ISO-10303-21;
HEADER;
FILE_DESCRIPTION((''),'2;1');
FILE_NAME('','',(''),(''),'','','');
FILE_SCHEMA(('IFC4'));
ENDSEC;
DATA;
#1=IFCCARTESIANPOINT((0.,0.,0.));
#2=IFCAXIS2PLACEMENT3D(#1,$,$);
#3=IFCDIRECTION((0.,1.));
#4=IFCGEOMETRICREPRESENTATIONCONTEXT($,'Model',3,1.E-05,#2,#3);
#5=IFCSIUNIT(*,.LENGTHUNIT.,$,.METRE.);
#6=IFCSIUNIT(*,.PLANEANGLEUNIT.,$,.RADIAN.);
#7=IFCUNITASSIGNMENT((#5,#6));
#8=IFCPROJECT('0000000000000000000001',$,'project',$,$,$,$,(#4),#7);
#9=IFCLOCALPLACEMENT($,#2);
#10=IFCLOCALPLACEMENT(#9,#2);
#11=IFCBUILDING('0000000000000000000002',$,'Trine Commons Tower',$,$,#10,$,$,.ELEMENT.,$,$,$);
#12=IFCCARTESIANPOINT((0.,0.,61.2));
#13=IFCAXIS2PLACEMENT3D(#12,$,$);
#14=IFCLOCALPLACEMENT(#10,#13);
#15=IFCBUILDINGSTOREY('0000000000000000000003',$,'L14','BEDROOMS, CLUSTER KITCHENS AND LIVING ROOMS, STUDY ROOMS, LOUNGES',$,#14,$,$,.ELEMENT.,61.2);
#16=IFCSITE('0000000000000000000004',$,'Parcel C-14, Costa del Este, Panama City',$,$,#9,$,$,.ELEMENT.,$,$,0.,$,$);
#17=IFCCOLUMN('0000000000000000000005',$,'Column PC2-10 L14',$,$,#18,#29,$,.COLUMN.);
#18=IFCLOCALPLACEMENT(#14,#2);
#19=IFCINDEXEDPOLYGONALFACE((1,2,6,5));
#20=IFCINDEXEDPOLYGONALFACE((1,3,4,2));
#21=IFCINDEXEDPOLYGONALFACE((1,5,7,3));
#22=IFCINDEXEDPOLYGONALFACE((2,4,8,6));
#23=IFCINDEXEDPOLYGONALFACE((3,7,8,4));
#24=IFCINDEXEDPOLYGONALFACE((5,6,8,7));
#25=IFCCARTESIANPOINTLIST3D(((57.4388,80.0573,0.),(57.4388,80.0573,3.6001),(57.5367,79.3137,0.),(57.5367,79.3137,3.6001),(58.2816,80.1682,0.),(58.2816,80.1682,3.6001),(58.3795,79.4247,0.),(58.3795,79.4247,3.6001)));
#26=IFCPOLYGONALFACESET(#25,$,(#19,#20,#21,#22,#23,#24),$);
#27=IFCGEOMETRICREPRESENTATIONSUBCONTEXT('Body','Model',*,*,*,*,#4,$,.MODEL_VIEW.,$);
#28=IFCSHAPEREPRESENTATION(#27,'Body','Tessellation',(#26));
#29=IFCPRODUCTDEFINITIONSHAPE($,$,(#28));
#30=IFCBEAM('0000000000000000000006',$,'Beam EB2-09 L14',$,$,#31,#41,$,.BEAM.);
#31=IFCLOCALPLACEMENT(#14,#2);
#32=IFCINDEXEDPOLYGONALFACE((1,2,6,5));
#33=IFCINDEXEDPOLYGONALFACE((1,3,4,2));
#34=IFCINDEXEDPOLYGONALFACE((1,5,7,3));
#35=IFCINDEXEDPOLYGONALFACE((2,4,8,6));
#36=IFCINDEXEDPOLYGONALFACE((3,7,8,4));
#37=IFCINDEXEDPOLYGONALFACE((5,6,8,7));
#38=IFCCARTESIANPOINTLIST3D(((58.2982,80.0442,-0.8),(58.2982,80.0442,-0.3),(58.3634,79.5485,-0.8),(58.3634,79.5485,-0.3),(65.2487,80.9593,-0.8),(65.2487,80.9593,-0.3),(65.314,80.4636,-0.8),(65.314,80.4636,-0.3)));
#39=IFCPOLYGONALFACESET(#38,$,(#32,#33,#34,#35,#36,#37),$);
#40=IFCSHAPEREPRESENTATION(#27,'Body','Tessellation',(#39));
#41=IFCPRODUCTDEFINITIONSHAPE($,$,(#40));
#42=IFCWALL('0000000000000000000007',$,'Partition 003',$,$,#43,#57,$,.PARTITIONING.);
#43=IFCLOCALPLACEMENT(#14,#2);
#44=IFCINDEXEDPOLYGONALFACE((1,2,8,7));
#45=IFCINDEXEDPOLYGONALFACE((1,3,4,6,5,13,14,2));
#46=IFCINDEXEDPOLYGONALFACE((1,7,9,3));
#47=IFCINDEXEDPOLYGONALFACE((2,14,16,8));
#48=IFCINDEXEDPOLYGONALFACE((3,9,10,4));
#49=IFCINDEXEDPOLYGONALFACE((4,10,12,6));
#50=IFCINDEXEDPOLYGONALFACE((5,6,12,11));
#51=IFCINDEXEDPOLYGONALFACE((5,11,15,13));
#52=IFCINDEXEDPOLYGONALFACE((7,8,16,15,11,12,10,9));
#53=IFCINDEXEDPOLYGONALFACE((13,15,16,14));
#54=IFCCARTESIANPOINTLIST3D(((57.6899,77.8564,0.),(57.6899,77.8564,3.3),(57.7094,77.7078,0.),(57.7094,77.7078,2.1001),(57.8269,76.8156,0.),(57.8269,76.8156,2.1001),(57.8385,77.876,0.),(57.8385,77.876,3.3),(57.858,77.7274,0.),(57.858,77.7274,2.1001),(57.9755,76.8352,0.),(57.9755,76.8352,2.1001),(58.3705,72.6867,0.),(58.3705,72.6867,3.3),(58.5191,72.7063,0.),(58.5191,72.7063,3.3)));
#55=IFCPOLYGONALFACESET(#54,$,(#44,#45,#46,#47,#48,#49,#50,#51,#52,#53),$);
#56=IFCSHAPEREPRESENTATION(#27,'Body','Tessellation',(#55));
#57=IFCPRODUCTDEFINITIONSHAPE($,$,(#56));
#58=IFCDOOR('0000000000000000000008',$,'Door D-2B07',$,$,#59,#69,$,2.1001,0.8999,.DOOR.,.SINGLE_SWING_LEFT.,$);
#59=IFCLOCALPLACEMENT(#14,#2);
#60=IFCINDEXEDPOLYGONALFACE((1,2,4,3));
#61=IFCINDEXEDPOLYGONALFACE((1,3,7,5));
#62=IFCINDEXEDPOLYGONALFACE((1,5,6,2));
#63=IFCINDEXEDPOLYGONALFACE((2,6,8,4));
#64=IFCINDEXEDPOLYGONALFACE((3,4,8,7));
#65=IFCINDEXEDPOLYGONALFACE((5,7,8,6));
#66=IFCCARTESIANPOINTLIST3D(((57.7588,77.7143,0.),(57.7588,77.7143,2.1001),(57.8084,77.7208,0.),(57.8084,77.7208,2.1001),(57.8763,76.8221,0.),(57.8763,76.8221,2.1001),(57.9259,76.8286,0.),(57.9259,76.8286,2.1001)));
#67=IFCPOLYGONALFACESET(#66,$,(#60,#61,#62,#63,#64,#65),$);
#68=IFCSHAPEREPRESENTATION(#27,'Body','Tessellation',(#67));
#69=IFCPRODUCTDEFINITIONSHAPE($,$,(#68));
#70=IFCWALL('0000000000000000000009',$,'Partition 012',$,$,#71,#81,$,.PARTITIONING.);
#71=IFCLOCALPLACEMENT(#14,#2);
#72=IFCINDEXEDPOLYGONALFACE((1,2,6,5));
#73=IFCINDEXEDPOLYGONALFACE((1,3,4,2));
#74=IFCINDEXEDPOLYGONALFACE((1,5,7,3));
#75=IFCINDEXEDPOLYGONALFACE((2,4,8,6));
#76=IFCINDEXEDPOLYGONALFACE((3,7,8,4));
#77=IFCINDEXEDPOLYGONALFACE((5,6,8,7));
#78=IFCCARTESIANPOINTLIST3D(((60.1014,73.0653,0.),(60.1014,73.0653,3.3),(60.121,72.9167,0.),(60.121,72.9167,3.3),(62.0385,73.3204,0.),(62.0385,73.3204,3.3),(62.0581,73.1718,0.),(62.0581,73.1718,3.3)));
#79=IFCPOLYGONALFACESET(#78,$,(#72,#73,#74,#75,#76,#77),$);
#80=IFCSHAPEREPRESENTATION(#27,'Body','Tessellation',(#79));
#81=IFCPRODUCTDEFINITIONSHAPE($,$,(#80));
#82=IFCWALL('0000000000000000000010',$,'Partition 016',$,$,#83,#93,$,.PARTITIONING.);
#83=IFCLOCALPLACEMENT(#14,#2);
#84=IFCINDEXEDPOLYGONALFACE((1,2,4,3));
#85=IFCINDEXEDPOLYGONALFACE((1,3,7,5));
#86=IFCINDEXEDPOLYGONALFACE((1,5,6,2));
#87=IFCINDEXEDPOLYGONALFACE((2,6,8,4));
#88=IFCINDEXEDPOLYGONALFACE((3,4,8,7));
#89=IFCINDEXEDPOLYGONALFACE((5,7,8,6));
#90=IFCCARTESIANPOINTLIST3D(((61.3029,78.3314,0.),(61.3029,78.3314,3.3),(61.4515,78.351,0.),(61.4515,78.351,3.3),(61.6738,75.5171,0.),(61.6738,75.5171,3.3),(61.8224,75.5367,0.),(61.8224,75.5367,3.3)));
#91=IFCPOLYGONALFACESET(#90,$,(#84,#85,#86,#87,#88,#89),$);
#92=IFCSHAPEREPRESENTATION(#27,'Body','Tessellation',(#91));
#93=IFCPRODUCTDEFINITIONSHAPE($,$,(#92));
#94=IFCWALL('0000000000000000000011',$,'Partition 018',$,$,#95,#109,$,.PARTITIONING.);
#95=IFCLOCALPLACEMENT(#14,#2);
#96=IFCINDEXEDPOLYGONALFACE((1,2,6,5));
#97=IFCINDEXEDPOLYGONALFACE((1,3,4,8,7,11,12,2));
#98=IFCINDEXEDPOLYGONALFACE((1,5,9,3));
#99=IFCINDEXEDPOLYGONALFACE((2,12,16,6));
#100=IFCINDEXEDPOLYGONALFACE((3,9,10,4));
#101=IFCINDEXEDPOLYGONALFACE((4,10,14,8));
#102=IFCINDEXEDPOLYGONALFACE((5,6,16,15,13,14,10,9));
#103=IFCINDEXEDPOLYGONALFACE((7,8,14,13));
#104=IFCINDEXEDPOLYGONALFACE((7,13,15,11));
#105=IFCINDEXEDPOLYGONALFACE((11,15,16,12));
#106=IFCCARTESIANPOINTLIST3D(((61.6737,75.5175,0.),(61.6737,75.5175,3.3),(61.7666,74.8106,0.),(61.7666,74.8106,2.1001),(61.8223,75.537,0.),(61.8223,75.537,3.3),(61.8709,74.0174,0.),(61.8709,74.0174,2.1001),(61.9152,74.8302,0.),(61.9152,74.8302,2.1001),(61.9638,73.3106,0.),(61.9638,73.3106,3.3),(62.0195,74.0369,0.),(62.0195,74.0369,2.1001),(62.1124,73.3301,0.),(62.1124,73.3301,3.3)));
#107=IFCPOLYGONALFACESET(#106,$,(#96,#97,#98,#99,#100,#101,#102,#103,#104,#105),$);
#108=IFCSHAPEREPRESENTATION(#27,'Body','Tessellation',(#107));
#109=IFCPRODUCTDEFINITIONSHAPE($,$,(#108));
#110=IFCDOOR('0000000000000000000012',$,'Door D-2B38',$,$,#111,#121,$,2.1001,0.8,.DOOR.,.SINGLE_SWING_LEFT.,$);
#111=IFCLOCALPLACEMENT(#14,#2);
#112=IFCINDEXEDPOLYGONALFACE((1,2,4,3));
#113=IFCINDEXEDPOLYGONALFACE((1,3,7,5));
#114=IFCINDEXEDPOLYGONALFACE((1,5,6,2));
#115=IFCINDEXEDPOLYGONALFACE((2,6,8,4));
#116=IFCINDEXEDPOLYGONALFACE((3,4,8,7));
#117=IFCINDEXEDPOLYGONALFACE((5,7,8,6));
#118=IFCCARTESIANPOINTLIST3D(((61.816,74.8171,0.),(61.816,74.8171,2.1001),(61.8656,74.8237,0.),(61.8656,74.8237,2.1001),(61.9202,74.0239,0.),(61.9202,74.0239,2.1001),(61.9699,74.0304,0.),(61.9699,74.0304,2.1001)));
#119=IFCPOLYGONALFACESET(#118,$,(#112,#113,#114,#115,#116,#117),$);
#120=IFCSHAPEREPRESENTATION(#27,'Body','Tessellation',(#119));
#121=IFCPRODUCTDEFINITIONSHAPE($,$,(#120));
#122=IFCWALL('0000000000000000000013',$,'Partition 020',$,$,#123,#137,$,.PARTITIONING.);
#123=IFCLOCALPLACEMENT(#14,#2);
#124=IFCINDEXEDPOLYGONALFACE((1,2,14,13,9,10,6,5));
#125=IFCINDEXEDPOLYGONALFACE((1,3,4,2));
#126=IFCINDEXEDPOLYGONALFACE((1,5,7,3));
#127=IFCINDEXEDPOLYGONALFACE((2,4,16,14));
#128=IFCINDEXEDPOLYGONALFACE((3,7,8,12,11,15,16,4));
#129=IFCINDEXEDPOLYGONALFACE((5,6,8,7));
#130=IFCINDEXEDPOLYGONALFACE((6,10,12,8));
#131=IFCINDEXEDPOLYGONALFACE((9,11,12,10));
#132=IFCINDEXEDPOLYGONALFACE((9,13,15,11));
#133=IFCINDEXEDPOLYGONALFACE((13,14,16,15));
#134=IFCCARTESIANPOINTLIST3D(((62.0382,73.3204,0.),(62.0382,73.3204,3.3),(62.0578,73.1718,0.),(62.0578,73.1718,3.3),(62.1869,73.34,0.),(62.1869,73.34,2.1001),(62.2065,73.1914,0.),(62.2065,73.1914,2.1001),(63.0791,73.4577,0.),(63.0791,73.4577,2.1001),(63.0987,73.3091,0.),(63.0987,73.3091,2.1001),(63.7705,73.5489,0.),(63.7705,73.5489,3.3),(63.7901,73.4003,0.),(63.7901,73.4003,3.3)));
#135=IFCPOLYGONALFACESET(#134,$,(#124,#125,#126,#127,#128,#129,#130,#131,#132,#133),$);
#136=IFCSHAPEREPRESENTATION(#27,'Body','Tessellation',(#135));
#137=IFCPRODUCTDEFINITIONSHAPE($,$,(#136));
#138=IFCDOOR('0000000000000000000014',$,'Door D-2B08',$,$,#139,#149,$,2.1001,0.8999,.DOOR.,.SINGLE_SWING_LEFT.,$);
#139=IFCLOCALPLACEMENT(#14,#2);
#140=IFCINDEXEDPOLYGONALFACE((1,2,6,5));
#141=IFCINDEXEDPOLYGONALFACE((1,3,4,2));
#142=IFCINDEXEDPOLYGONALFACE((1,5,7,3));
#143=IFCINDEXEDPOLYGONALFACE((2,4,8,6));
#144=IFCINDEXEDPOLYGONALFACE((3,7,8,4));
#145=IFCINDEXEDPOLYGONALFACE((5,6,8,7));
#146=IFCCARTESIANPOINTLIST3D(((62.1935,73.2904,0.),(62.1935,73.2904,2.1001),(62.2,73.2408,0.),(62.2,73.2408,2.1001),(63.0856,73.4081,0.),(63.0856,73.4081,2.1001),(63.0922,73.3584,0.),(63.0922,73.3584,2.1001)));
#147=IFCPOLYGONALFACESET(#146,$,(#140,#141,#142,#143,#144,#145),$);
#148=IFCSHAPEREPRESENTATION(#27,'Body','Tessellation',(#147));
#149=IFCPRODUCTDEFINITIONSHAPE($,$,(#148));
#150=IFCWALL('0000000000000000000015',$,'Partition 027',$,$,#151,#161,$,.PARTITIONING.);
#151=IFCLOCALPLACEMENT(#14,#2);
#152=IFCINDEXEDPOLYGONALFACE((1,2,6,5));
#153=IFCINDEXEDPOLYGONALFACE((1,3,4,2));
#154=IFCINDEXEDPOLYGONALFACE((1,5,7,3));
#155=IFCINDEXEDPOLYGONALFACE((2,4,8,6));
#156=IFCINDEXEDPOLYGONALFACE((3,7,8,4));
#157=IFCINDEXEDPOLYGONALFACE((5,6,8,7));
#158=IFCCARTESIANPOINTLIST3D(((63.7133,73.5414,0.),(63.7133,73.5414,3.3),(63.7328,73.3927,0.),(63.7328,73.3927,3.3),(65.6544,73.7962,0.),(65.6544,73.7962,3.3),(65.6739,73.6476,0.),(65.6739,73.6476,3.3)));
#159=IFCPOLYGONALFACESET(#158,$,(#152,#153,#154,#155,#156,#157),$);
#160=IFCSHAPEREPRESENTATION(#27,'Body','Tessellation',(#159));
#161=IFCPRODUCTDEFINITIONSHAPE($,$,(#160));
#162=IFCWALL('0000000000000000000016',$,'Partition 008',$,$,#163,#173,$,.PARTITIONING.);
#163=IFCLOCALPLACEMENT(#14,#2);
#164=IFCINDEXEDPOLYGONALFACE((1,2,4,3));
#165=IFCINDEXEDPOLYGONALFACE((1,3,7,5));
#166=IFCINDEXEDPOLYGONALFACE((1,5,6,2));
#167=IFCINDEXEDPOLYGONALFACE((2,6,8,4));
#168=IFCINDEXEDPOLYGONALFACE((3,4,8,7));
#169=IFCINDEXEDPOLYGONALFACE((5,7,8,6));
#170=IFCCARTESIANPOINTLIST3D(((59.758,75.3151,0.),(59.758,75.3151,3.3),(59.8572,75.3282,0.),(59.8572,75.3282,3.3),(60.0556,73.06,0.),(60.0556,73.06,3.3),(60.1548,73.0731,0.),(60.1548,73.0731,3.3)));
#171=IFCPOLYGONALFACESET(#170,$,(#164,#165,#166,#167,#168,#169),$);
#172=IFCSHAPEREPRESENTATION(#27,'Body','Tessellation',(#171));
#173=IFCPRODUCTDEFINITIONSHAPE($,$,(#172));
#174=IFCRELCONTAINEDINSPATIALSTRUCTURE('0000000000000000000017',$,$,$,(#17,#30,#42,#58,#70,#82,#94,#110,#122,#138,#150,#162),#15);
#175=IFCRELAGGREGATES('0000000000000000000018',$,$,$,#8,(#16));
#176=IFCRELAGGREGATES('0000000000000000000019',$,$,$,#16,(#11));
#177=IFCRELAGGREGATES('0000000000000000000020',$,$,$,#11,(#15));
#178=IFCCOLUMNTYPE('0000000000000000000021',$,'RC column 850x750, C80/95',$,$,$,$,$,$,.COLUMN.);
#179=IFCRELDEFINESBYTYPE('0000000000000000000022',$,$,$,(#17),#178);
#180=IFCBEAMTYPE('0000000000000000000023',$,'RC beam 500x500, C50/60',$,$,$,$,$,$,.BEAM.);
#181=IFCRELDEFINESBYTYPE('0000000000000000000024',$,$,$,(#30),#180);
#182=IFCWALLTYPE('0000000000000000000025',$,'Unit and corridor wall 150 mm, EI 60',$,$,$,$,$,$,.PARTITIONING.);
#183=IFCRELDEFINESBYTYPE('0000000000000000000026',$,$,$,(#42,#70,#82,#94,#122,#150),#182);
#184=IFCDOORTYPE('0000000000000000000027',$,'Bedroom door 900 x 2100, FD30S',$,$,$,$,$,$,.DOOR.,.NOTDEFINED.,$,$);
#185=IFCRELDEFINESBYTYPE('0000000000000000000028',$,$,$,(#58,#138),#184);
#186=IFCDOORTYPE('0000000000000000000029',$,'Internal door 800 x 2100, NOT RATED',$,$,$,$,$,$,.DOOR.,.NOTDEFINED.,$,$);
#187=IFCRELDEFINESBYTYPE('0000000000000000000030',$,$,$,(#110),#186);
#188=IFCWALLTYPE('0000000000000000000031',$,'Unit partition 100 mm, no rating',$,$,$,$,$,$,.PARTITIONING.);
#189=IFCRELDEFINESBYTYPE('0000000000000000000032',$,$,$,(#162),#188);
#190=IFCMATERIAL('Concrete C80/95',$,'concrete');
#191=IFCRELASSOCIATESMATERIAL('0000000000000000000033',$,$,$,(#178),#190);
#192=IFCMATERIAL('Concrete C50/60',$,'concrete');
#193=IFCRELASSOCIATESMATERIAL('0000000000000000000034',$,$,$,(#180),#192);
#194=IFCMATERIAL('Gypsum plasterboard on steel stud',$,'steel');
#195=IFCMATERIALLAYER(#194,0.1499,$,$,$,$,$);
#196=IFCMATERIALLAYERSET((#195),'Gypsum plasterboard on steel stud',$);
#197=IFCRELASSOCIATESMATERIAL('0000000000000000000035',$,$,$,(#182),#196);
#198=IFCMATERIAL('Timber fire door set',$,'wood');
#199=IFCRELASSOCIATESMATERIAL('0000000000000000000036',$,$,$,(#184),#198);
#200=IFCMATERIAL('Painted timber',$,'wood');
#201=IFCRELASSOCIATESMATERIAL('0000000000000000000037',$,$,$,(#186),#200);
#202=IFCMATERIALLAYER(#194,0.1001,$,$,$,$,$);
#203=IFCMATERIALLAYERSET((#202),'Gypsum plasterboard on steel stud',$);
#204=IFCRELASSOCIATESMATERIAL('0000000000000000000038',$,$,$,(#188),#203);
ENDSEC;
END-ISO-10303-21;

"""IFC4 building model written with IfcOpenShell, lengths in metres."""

from ifc_helpers import new_model, si_unit, direction, frame, frame_2d, origin, origin_2d, place, context, subcontext, project, spatial, rectangle, extrude, material, layer, layer_set, material_profile, profile_set, type_object, element, fill, save


model = new_model("IFC4")

# Units and contexts
model_context = context("Model", 3, precision=1e-05, world=origin(), true_north=direction((0.0, 1.0)))
body_context = subcontext(model_context, "Body", "Model", "MODEL_VIEW")
ifc_project = project(units=[si_unit("LENGTHUNIT", "METRE"), si_unit("PLANEANGLEUNIT", "RADIAN")], contexts=[model_context])

# Site, building, storey
site_placement = place(None, origin())
site = spatial("IfcSite", under=ifc_project, at=site_placement, Name="Parcel C-14, Costa del Este, Panama City", CompositionType="ELEMENT", RefElevation=0.0)
building_placement = place(site_placement, origin())
building = spatial("IfcBuilding", under=site, at=building_placement, Name="Trine Commons Tower", CompositionType="ELEMENT")
storey_placement = place(building_placement, frame((0.0, 0.0, 61.2)))
storey = spatial("IfcBuildingStorey", under=building, at=storey_placement, Name="L14", Description="BEDROOMS, CLUSTER KITCHENS AND LIVING ROOMS, STUDY ROOMS, LOUNGES", CompositionType="ELEMENT", Elevation=61.2)

# Column
ifc_material_1 = material(Name="Concrete C80/95", Category="concrete")
ifc_material_profile_1 = material_profile(ifc_material_1, rectangle(XDim=0.8501, YDim=0.75, at=origin_2d()), Name="RC 850x750")
ifc_profile_set_1 = profile_set([ifc_material_profile_1], Name="Concrete C80/95")
column_type = type_object("IfcColumnType", Name="RC column 850x750, C80/95", PredefinedType="COLUMN", material=ifc_profile_set_1)
column_placement = place(storey_placement, frame((57.9092, 79.741, 0.0), z_axis=(0.0, 0.0, 1.0), x_axis=(0.991445, 0.130526, 0.0)))
element("IfcColumn", 1, at=column_placement, inside=storey, type_object=column_type, Name="Column PC2-10 L14", PredefinedType="COLUMN", context=body_context, shape_type="SweptSolid", body=[
    extrude(rectangle(XDim=0.8501, YDim=0.75, at=origin_2d()), origin(), (0.0, 0.0, 1.0), 3.6001),
])

# Beam
ifc_material_2 = material(Name="Concrete C50/60", Category="concrete")
ifc_material_profile_2 = material_profile(ifc_material_2, rectangle(XDim=0.5, YDim=0.5, at=origin_2d()), Name="RC 500x500")
ifc_profile_set_2 = profile_set([ifc_material_profile_2], Name="Concrete C50/60")
beam_type = type_object("IfcBeamType", Name="RC beam 500x500, C50/60", PredefinedType="BEAM", material=ifc_profile_set_2)
beam_placement = place(storey_placement, frame((58.3308, 79.7964, -0.55), z_axis=(0.991445, 0.130526, 0.0), x_axis=(-0.130526, 0.991445, 0.0)))
element("IfcBeam", 2, at=beam_placement, inside=storey, type_object=beam_type, Name="Beam EB2-09 L14", PredefinedType="BEAM", context=body_context, shape_type="SweptSolid", body=[
    extrude(rectangle(XDim=0.5, YDim=0.5, at=origin_2d()), origin(), (0.0, 0.0, 1.0), 7.0105),
])

# Wall, opening, door
ifc_material_3 = material(Name="Gypsum plasterboard on steel stud", Category="steel")
ifc_layer_1 = layer(ifc_material_3, 0.1499)
ifc_layer_set_1 = layer_set([ifc_layer_1], Name="Gypsum plasterboard on steel stud")
wall_type_1 = type_object("IfcWallType", Name="Unit and corridor wall 150 mm, EI 60", PredefinedType="PARTITIONING", material=ifc_layer_set_1)
wall_1_placement = place(storey_placement, frame((57.7642, 77.8662, 0.0), z_axis=(0.0, 0.0, 1.0), x_axis=(0.130538, -0.991443, 0.0)))
wall_1 = element("IfcWall", 3, at=wall_1_placement, inside=storey, type_object=wall_type_1, Name="Partition 003", PredefinedType="PARTITIONING", context=body_context, shape_type="SweptSolid", body=[
    extrude(rectangle(XDim=5.2144, YDim=0.1499, at=frame_2d((2.6072, 0.0))), origin(), (0.0, 0.0, 1.0), 3.3),
])
opening_1_placement = place(wall_1_placement, frame((0.1499, 0.0, 0.0)))
opening_1 = element("IfcOpeningElement", 4, at=opening_1_placement, cuts=wall_1, PredefinedType="OPENING", context=body_context, shape_type="SweptSolid", body=[
    extrude(rectangle(XDim=0.8999, YDim=2.1001, at=frame_2d((0.45, 1.05))), frame((0.0, 0.085, 0.0), z_axis=(0.0, -1.0, 0.0), x_axis=(1.0, 0.0, 0.0)), (0.0, 0.0, 1.0), 0.1699),
])
ifc_material_4 = material(Name="Timber fire door set", Category="wood")
door_type_1 = type_object("IfcDoorType", Name="Bedroom door 900 x 2100, FD30S", OperationType="NOTDEFINED", PredefinedType="DOOR", material=ifc_material_4)
door_1_placement = place(opening_1_placement, origin())
door_1 = element("IfcDoor", 5, at=door_1_placement, inside=storey, type_object=door_type_1, Name="Door D-2B07", OperationType="SINGLE_SWING_LEFT", OverallHeight=2.1001, OverallWidth=0.8999, PredefinedType="DOOR", context=body_context, shape_type="SweptSolid", body=[
    extrude(rectangle(XDim=0.8999, YDim=2.1001, at=frame_2d((0.45, 1.05))), frame((0.0, 0.0249, 0.0), z_axis=(0.0, -1.0, 0.0), x_axis=(1.0, 0.0, 0.0)), (0.0, 0.0, 1.0), 0.05),
])
fill(opening_1, door_1)

# Walls
wall_2_placement = place(storey_placement, frame((60.1111, 72.991, 0.0), z_axis=(0.0, 0.0, 1.0), x_axis=(0.991437, 0.130584, 0.0)))
element("IfcWall", 6, at=wall_2_placement, inside=storey, type_object=wall_type_1, Name="Partition 012", PredefinedType="PARTITIONING", context=body_context, shape_type="SweptSolid", body=[
    extrude(rectangle(XDim=1.9539, YDim=0.1499, at=frame_2d((0.9771, 0.0))), origin(), (0.0, 0.0, 1.0), 3.3),
])
wall_3_placement = place(storey_placement, frame((61.3772, 78.3413, 0.0), z_axis=(0.0, 0.0, 1.0), x_axis=(0.130648, -0.991429, 0.0)))
element("IfcWall", 7, at=wall_3_placement, inside=storey, type_object=wall_type_1, Name="Partition 016", PredefinedType="PARTITIONING", context=body_context, shape_type="SweptSolid", body=[
    extrude(rectangle(XDim=2.8386, YDim=0.1499, at=frame_2d((1.4194, 0.0))), origin(), (0.0, 0.0, 1.0), 3.3),
])

# Walls, openings, doors
wall_4_placement = place(storey_placement, frame((61.748, 75.5271, 0.0), z_axis=(0.0, 0.0, 1.0), x_axis=(0.13031, -0.991473, 0.0)))
wall_4 = element("IfcWall", 8, at=wall_4_placement, inside=storey, type_object=wall_type_1, Name="Partition 018", PredefinedType="PARTITIONING", context=body_context, shape_type="SweptSolid", body=[
    extrude(rectangle(XDim=2.2258, YDim=0.1499, at=frame_2d((1.1128, 0.0))), origin(), (0.0, 0.0, 1.0), 3.3),
])
opening_2_placement = place(wall_4_placement, frame((0.7129, 0.0, 0.0)))
opening_2 = element("IfcOpeningElement", 9, at=opening_2_placement, cuts=wall_4, PredefinedType="OPENING", context=body_context, shape_type="SweptSolid", body=[
    extrude(rectangle(XDim=0.8, YDim=2.1001, at=frame_2d((0.3999, 1.05))), frame((0.0, 0.085, 0.0), z_axis=(0.0, -1.0, 0.0), x_axis=(1.0, 0.0, 0.0)), (0.0, 0.0, 1.0), 0.1699),
])
ifc_material_5 = material(Name="Painted timber", Category="wood")
door_type_2 = type_object("IfcDoorType", Name="Internal door 800 x 2100, NOT RATED", OperationType="NOTDEFINED", PredefinedType="DOOR", material=ifc_material_5)
door_2_placement = place(opening_2_placement, origin())
door_2 = element("IfcDoor", 10, at=door_2_placement, inside=storey, type_object=door_type_2, Name="Door D-2B38", OperationType="SINGLE_SWING_LEFT", OverallHeight=2.1001, OverallWidth=0.8, PredefinedType="DOOR", context=body_context, shape_type="SweptSolid", body=[
    extrude(rectangle(XDim=0.8, YDim=2.1001, at=frame_2d((0.3999, 1.05))), frame((0.0, 0.0249, 0.0), z_axis=(0.0, -1.0, 0.0), x_axis=(1.0, 0.0, 0.0)), (0.0, 0.0, 1.0), 0.05),
])
fill(opening_2, door_2)
wall_5_placement = place(storey_placement, frame((62.0481, 73.2461, 0.0), z_axis=(0.0, 0.0, 1.0), x_axis=(0.991412, 0.130773, 0.0)))
wall_5 = element("IfcWall", 11, at=wall_5_placement, inside=storey, type_object=wall_type_1, Name="Partition 020", PredefinedType="PARTITIONING", context=body_context, shape_type="SweptSolid", body=[
    extrude(rectangle(XDim=1.7473, YDim=0.1499, at=frame_2d((0.8735, 0.0))), origin(), (0.0, 0.0, 1.0), 3.3),
])
opening_3_placement = place(wall_5_placement, frame((0.1499, 0.0, 0.0)))
opening_3 = element("IfcOpeningElement", 12, at=opening_3_placement, cuts=wall_5, PredefinedType="OPENING", context=body_context, shape_type="SweptSolid", body=[
    extrude(rectangle(XDim=0.8999, YDim=2.1001, at=frame_2d((0.45, 1.05))), frame((0.0, 0.085, 0.0), z_axis=(0.0, -1.0, 0.0), x_axis=(1.0, 0.0, 0.0)), (0.0, 0.0, 1.0), 0.1699),
])
door_3_placement = place(opening_3_placement, origin())
door_3 = element("IfcDoor", 13, at=door_3_placement, inside=storey, type_object=door_type_1, Name="Door D-2B08", OperationType="SINGLE_SWING_LEFT", OverallHeight=2.1001, OverallWidth=0.8999, PredefinedType="DOOR", context=body_context, shape_type="SweptSolid", body=[
    extrude(rectangle(XDim=0.8999, YDim=2.1001, at=frame_2d((0.45, 1.05))), frame((0.0, 0.0249, 0.0), z_axis=(0.0, -1.0, 0.0), x_axis=(1.0, 0.0, 0.0)), (0.0, 0.0, 1.0), 0.05),
])
fill(opening_3, door_3)

# Walls
wall_6_placement = place(storey_placement, frame((63.7229, 73.467, 0.0), z_axis=(0.0, 0.0, 1.0), x_axis=(0.991489, 0.130187, 0.0)))
element("IfcWall", 14, at=wall_6_placement, inside=storey, type_object=wall_type_1, Name="Partition 027", PredefinedType="PARTITIONING", context=body_context, shape_type="SweptSolid", body=[
    extrude(rectangle(XDim=1.9578, YDim=0.1499, at=frame_2d((0.979, 0.0))), origin(), (0.0, 0.0, 1.0), 3.3),
])
ifc_layer_2 = layer(ifc_material_3, 0.1001)
ifc_layer_set_2 = layer_set([ifc_layer_2], Name="Gypsum plasterboard on steel stud")
wall_type_2 = type_object("IfcWallType", Name="Unit partition 100 mm, no rating", PredefinedType="PARTITIONING", material=ifc_layer_set_2)
wall_7_placement = place(storey_placement, frame((59.8076, 75.3215, 0.0), z_axis=(0.0, 0.0, 1.0), x_axis=(0.130835, -0.991404, 0.0)))
element("IfcWall", 15, at=wall_7_placement, inside=storey, type_object=wall_type_2, Name="Partition 008", PredefinedType="PARTITIONING", context=body_context, shape_type="SweptSolid", body=[
    extrude(rectangle(XDim=2.2747, YDim=0.1001, at=frame_2d((1.1372, 0.0))), origin(), (0.0, 0.0, 1.0), 3.3),
])

save(model, "model.ifc")
